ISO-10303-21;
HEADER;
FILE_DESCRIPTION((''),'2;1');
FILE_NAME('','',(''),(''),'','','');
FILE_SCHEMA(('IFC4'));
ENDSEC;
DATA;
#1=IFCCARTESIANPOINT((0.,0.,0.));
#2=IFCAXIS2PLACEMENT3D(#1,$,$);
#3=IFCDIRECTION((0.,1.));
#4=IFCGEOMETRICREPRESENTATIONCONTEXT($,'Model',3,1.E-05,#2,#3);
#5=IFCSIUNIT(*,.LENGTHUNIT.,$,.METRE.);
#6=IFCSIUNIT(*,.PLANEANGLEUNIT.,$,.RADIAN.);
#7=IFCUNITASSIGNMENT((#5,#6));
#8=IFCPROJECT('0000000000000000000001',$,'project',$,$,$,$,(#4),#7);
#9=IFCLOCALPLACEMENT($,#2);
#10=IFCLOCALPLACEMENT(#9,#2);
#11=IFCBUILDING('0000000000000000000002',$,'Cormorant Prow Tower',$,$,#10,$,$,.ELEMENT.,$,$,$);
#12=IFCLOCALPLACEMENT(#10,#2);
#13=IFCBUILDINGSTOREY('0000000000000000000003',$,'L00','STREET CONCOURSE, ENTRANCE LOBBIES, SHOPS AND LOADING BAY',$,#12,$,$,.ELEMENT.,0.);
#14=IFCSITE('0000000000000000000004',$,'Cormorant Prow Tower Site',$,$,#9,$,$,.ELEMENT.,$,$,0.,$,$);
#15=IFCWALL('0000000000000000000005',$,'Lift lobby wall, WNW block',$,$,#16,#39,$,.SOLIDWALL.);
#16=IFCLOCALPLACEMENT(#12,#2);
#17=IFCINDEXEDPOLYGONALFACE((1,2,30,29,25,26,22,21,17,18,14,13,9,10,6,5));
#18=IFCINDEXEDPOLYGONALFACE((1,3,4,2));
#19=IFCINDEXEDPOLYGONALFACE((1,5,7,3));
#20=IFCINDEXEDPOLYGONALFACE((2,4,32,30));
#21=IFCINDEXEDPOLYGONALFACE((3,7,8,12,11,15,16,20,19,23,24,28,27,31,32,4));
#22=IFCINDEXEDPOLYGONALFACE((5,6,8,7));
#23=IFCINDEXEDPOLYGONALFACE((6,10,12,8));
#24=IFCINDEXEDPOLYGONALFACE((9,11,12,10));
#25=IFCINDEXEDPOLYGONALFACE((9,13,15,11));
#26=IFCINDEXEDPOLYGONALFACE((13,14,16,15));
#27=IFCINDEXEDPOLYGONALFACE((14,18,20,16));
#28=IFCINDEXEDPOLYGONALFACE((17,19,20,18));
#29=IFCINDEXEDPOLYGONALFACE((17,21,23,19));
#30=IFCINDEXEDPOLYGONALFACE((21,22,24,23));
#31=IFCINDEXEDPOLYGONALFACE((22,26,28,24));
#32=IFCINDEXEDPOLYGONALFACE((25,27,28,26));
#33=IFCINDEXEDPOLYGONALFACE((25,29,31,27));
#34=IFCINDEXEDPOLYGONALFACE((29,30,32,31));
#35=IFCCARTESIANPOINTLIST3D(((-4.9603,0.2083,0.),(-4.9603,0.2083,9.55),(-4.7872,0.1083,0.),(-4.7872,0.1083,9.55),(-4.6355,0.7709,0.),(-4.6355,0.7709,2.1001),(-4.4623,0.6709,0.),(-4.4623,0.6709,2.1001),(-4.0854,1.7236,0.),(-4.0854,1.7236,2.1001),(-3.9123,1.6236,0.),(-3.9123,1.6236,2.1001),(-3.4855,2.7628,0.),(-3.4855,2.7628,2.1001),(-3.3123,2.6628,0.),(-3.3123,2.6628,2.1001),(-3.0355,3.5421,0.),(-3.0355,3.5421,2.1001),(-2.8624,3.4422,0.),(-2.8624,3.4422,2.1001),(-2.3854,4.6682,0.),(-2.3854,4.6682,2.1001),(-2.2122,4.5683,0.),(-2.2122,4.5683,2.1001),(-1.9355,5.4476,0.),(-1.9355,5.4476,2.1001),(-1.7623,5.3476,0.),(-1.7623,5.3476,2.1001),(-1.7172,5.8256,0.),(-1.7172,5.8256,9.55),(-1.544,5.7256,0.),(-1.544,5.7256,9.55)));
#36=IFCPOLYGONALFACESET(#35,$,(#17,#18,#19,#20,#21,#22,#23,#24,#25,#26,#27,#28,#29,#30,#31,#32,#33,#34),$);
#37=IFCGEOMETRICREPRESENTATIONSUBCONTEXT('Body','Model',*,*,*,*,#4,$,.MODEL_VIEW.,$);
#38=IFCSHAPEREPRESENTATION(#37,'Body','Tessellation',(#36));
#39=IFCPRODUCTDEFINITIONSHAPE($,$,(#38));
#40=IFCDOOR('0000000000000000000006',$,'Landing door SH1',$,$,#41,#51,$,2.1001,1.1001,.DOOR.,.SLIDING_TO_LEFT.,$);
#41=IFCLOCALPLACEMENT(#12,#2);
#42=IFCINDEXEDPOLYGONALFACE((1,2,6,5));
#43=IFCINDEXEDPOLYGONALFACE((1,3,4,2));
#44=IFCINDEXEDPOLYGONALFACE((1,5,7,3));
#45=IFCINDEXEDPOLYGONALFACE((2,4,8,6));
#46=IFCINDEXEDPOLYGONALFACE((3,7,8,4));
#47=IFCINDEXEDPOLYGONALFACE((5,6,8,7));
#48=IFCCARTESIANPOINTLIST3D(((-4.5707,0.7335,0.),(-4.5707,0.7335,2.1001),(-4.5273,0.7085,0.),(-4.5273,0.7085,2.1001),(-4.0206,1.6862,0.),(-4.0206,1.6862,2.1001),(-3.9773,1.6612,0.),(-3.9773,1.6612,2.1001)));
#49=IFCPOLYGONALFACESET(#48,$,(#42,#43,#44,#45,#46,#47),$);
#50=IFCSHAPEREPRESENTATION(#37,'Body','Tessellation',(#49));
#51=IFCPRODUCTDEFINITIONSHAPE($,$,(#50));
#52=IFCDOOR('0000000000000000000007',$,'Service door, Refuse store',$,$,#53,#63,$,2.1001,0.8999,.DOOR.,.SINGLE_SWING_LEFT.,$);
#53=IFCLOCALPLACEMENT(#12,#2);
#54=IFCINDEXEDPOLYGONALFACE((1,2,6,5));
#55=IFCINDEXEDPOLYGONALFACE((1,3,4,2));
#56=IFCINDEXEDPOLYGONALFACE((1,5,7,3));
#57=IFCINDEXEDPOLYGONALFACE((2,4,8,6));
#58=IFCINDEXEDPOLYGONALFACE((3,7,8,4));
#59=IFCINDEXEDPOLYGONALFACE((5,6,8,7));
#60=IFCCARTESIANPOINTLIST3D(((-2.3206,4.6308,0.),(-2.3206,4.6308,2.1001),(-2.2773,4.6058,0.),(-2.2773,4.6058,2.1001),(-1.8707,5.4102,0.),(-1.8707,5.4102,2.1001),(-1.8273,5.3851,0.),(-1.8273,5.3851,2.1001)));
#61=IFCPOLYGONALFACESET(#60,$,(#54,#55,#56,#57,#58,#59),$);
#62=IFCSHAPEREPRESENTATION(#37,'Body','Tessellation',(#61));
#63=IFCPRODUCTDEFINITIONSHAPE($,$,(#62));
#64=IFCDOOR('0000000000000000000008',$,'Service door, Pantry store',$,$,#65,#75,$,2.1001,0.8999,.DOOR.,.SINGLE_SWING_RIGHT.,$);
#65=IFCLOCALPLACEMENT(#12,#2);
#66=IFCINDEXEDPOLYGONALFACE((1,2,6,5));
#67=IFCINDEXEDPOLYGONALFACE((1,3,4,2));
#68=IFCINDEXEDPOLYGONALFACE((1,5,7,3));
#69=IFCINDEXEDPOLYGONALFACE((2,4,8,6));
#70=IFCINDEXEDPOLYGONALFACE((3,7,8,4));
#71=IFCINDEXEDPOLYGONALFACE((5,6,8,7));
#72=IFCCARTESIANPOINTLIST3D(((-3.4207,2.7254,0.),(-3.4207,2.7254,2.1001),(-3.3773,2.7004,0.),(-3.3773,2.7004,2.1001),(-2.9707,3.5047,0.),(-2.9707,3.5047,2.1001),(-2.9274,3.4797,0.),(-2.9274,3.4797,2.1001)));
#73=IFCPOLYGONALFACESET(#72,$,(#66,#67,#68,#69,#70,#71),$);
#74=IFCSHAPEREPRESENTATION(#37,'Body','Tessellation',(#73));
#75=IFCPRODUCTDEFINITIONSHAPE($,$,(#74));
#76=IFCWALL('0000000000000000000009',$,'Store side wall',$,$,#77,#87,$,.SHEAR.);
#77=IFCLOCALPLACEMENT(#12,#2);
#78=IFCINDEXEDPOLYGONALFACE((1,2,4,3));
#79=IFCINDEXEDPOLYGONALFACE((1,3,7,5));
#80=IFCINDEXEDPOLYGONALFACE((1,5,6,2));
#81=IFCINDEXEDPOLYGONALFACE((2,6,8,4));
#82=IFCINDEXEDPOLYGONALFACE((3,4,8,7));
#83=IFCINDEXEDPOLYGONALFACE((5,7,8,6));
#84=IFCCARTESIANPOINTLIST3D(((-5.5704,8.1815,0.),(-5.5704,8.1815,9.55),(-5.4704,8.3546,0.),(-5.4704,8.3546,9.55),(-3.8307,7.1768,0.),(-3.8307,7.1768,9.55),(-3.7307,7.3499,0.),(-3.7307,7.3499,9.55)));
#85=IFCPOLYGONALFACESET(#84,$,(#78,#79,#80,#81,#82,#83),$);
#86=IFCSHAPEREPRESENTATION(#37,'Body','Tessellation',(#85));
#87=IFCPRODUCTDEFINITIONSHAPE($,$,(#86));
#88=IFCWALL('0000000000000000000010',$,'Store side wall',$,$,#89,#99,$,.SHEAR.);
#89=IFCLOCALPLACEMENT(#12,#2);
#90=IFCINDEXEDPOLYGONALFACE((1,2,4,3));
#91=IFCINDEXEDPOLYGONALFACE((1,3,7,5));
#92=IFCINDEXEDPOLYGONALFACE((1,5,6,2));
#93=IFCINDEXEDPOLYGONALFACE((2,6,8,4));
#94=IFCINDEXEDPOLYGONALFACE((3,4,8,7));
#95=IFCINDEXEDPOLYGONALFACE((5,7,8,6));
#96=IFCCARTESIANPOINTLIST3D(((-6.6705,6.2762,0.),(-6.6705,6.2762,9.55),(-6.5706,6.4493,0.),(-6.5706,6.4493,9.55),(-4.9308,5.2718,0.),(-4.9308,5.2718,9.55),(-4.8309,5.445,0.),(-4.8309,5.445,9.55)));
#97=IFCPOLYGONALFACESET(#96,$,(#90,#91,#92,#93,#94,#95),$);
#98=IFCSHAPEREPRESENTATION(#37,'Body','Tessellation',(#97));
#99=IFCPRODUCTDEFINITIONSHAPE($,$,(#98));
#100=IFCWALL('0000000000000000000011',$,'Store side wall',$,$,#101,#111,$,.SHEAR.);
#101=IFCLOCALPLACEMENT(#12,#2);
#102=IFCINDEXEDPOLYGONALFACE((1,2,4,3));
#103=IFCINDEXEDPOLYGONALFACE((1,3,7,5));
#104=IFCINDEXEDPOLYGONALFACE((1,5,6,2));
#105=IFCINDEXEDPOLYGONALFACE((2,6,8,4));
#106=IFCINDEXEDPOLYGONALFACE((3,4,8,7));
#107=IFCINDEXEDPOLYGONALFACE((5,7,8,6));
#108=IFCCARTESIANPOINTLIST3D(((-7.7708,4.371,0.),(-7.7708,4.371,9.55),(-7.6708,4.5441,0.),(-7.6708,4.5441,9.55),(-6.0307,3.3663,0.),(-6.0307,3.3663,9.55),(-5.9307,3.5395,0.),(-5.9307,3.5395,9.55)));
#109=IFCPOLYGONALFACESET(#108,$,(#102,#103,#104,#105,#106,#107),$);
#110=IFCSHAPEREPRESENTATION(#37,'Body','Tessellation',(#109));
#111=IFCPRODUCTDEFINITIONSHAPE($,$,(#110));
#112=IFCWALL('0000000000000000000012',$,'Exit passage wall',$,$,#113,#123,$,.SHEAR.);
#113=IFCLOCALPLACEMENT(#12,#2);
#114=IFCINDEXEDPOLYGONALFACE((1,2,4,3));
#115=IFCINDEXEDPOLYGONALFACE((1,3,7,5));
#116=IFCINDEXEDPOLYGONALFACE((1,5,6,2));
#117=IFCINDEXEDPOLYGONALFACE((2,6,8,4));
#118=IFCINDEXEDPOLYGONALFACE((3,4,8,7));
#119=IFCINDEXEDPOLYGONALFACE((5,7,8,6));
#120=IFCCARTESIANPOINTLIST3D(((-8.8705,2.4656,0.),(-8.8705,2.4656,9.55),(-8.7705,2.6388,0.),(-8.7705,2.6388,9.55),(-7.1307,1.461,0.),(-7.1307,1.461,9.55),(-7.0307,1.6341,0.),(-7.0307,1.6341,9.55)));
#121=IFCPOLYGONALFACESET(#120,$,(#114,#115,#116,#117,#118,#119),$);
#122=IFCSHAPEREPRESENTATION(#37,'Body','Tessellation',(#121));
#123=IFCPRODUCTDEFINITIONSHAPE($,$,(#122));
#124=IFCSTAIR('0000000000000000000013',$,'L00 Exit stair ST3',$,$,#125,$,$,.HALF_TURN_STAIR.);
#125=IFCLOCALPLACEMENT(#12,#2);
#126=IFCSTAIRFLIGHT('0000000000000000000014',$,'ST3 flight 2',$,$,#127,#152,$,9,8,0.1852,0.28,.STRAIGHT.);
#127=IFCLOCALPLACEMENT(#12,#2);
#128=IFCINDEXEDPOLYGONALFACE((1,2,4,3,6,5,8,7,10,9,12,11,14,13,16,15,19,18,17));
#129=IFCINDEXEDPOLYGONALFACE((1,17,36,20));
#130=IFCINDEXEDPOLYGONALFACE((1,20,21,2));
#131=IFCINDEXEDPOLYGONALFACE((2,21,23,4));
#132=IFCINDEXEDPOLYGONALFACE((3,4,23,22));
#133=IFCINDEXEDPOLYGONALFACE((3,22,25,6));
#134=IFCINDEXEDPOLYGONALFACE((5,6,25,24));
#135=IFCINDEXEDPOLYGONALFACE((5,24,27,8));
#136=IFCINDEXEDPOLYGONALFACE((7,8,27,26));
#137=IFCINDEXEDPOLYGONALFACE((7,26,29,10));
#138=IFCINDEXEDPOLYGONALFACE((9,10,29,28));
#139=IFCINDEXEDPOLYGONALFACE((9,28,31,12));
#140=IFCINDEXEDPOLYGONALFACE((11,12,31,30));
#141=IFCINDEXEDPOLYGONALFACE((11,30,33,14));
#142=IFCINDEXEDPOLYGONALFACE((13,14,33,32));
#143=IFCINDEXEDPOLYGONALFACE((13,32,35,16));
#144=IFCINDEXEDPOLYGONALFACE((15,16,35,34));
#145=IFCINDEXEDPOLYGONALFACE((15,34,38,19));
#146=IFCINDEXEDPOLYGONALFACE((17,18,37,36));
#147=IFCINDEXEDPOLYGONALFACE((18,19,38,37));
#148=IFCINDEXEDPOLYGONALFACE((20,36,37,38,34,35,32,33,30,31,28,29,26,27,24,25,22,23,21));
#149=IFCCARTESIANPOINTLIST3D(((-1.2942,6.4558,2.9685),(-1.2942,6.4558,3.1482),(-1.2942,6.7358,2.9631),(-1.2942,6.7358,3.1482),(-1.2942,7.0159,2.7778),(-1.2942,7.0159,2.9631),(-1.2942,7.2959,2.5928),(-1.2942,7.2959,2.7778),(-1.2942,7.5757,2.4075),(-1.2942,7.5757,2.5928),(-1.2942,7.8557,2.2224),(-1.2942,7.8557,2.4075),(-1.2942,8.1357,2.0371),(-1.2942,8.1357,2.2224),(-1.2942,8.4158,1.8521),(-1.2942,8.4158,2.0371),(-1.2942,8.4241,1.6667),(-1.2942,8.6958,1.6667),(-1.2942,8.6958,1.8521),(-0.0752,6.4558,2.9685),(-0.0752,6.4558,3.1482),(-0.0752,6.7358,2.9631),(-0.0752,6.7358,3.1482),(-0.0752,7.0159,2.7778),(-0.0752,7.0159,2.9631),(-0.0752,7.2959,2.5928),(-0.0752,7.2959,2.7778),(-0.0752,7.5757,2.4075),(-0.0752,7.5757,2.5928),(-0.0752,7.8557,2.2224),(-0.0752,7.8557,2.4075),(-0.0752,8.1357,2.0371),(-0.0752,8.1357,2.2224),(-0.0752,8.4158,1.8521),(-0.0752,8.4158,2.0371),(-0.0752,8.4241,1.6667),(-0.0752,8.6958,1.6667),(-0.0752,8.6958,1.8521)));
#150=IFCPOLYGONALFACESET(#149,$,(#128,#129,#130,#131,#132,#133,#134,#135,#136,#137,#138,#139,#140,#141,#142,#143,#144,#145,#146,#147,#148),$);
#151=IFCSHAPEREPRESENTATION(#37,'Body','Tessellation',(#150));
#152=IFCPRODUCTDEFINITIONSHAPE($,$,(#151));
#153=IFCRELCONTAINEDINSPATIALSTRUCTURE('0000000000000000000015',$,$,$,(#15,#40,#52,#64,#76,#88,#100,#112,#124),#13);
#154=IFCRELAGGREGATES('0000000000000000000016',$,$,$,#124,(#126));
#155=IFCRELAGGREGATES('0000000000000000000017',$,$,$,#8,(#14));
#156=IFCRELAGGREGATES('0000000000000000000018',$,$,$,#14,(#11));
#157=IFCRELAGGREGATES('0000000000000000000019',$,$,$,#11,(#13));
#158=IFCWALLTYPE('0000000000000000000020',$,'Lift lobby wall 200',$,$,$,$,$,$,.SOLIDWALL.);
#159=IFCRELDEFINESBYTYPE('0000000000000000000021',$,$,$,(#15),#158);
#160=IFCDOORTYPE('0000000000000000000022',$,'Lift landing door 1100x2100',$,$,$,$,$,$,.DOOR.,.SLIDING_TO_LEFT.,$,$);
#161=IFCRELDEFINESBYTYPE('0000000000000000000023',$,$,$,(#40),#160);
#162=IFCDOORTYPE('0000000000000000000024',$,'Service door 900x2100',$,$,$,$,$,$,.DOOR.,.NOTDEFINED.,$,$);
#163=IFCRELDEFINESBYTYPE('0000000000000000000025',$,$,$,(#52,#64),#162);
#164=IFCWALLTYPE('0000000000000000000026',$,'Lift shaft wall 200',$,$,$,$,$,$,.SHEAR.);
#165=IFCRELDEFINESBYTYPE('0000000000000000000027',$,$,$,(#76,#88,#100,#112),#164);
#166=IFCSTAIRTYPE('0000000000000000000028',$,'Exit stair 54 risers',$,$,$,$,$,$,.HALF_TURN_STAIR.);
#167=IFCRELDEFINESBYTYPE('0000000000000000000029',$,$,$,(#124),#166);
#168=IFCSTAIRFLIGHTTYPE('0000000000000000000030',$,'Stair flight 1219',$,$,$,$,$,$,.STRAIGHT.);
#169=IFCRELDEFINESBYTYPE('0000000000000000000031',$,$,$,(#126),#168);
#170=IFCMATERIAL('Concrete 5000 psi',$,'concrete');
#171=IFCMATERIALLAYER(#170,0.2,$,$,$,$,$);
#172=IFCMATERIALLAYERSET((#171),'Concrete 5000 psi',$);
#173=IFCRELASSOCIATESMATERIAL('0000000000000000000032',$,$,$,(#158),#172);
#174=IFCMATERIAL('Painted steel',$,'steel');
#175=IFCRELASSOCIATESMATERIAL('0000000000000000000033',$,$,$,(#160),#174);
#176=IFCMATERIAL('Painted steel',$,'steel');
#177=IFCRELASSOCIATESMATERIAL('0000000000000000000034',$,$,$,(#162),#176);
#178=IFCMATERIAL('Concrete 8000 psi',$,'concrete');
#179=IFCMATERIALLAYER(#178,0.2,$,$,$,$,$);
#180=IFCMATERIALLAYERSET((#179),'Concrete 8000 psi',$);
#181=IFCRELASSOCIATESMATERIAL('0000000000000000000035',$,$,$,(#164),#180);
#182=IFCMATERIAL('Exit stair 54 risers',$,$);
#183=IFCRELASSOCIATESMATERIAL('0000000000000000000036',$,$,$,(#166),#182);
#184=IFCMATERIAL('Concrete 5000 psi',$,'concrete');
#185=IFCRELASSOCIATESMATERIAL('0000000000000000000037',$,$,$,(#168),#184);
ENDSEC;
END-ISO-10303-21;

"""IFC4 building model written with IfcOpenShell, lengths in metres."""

from ifc_helpers import new_model, si_unit, direction, frame, frame_2d, origin, place, context, subcontext, project, spatial, polyline, rectangle, outline, extrude, material, layer, layer_set, type_object, element, fill, aggregate, save


model = new_model("IFC4")

# Units and contexts
model_context = context("Model", 3, precision=1e-05, world=origin(), true_north=direction((0.0, 1.0)))
body_context = subcontext(model_context, "Body", "Model", "MODEL_VIEW")
ifc_project = project(units=[si_unit("LENGTHUNIT", "METRE"), si_unit("PLANEANGLEUNIT", "RADIAN")], contexts=[model_context])

# Site, building, storey
site_placement = place(None, origin())
site = spatial("IfcSite", under=ifc_project, at=site_placement, Name="Cormorant Prow Tower Site", CompositionType="ELEMENT", RefElevation=0.0)
building_placement = place(site_placement, origin())
building = spatial("IfcBuilding", under=site, at=building_placement, Name="Cormorant Prow Tower", CompositionType="ELEMENT")
storey_placement = place(building_placement, origin())
storey = spatial("IfcBuildingStorey", under=building, at=storey_placement, Name="L00", Description="STREET CONCOURSE, ENTRANCE LOBBIES, SHOPS AND LOADING BAY", CompositionType="ELEMENT", Elevation=0.0)

# Wall, openings, doors
ifc_material_1 = material(Name="Concrete 5000 psi", Category="concrete")
ifc_layer_1 = layer(ifc_material_1, 0.2)
ifc_layer_set_1 = layer_set([ifc_layer_1], Name="Concrete 5000 psi")
wall_type_1 = type_object("IfcWallType", Name="Lift lobby wall 200", PredefinedType="SOLIDWALL", material=ifc_layer_set_1)
wall_1_placement = place(storey_placement, frame((-1.6306, 5.7756, 0.0), z_axis=(0.0, 0.0, 1.0), x_axis=(-0.499993, -0.86603, 0.0)))
wall_1 = element("IfcWall", 1, at=wall_1_placement, inside=storey, type_object=wall_type_1, Name="Lift lobby wall, WNW block", PredefinedType="SOLIDWALL", context=body_context, shape_type="SweptSolid", body=[
    extrude(rectangle(XDim=6.4863, YDim=0.2, at=frame_2d((3.2432, 0.0))), origin(), (0.0, 0.0, 1.0), 9.55),
])
opening_1_placement = place(wall_1_placement, frame((0.4365, 0.0, 0.0)))
opening_1 = element("IfcOpeningElement", 2, at=opening_1_placement, cuts=wall_1, PredefinedType="OPENING", context=body_context, shape_type="SweptSolid", body=[
    extrude(rectangle(XDim=0.8999, YDim=2.1001, at=frame_2d((0.45, 1.05))), frame((0.0, 0.1099, 0.0), z_axis=(0.0, -1.0, 0.0), x_axis=(1.0, 0.0, 0.0)), (0.0, 0.0, 1.0), 0.22),
])
opening_2_placement = place(wall_1_placement, frame((2.6367, 0.0, 0.0)))
opening_2 = element("IfcOpeningElement", 3, at=opening_2_placement, cuts=wall_1, PredefinedType="OPENING", context=body_context, shape_type="SweptSolid", body=[
    extrude(rectangle(XDim=0.8999, YDim=2.1001, at=frame_2d((0.45, 1.05))), frame((0.0, 0.1099, 0.0), z_axis=(0.0, -1.0, 0.0), x_axis=(1.0, 0.0, 0.0)), (0.0, 0.0, 1.0), 0.22),
])
opening_3_placement = place(wall_1_placement, frame((4.7366, 0.0, 0.0)))
opening_3 = element("IfcOpeningElement", 4, at=opening_3_placement, cuts=wall_1, PredefinedType="OPENING", context=body_context, shape_type="SweptSolid", body=[
    extrude(rectangle(XDim=1.1001, YDim=2.1001, at=frame_2d((0.55, 1.05))), frame((0.0, 0.1099, 0.0), z_axis=(0.0, -1.0, 0.0), x_axis=(1.0, 0.0, 0.0)), (0.0, 0.0, 1.0), 0.22),
])
ifc_material_2 = material(Name="Painted steel", Category="steel")
door_type_1 = type_object("IfcDoorType", Name="Lift landing door 1100x2100", OperationType="SLIDING_TO_LEFT", PredefinedType="DOOR", material=ifc_material_2)
door_1_placement = place(opening_3_placement, origin())
door_1 = element("IfcDoor", 5, at=door_1_placement, inside=storey, type_object=door_type_1, Name="Landing door SH1", OperationType="SLIDING_TO_LEFT", OverallHeight=2.1001, OverallWidth=1.1001, PredefinedType="DOOR", context=body_context, shape_type="SweptSolid", body=[
    extrude(rectangle(XDim=1.1001, YDim=2.1001, at=frame_2d((0.55, 1.05))), frame((0.0, 0.0249, 0.0), z_axis=(0.0, -1.0, 0.0), x_axis=(1.0, 0.0, 0.0)), (0.0, 0.0, 1.0), 0.05),
])
fill(opening_3, door_1)
ifc_material_3 = material(Name="Painted steel", Category="steel")
door_type_2 = type_object("IfcDoorType", Name="Service door 900x2100", OperationType="NOTDEFINED", PredefinedType="DOOR", material=ifc_material_3)
door_2_placement = place(opening_1_placement, origin())
door_2 = element("IfcDoor", 6, at=door_2_placement, inside=storey, type_object=door_type_2, Name="Service door, Refuse store", OperationType="SINGLE_SWING_LEFT", OverallHeight=2.1001, OverallWidth=0.8999, PredefinedType="DOOR", context=body_context, shape_type="SweptSolid", body=[
    extrude(rectangle(XDim=0.8999, YDim=2.1001, at=frame_2d((0.45, 1.05))), frame((0.0, 0.0249, 0.0), z_axis=(0.0, -1.0, 0.0), x_axis=(1.0, 0.0, 0.0)), (0.0, 0.0, 1.0), 0.05),
])
fill(opening_1, door_2)
door_3_placement = place(opening_2_placement, origin())
door_3 = element("IfcDoor", 7, at=door_3_placement, inside=storey, type_object=door_type_2, Name="Service door, Pantry store", OperationType="SINGLE_SWING_RIGHT", OverallHeight=2.1001, OverallWidth=0.8999, PredefinedType="DOOR", context=body_context, shape_type="SweptSolid", body=[
    extrude(rectangle(XDim=0.8999, YDim=2.1001, at=frame_2d((0.45, 1.05))), frame((0.0, 0.0249, 0.0), z_axis=(0.0, -1.0, 0.0), x_axis=(1.0, 0.0, 0.0)), (0.0, 0.0, 1.0), 0.05),
])
fill(opening_2, door_3)

# Walls
ifc_material_4 = material(Name="Concrete 8000 psi", Category="concrete")
ifc_layer_2 = layer(ifc_material_4, 0.2)
ifc_layer_set_2 = layer_set([ifc_layer_2], Name="Concrete 8000 psi")
wall_type_2 = type_object("IfcWallType", Name="Lift shaft wall 200", PredefinedType="SHEAR", material=ifc_layer_set_2)
wall_2_placement = place(storey_placement, frame((-3.7808, 7.2634, 0.0), z_axis=(0.0, 0.0, 1.0), x_axis=(-0.865983, 0.500073, 0.0)))
element("IfcWall", 8, at=wall_2_placement, inside=storey, type_object=wall_type_2, Name="Store side wall", PredefinedType="SHEAR", context=body_context, shape_type="SweptSolid", body=[
    extrude(rectangle(XDim=2.009, YDim=0.2, at=frame_2d((1.0044, 0.0))), origin(), (0.0, 0.0, 1.0), 9.55),
])
wall_3_placement = place(storey_placement, frame((-4.8809, 5.3584, 0.0), z_axis=(0.0, 0.0, 1.0), x_axis=(-0.866036, 0.499982, 0.0)))
element("IfcWall", 9, at=wall_3_placement, inside=storey, type_object=wall_type_2, Name="Store side wall", PredefinedType="SHEAR", context=body_context, shape_type="SweptSolid", body=[
    extrude(rectangle(XDim=2.0088, YDim=0.2, at=frame_2d((1.0044, 0.0))), origin(), (0.0, 0.0, 1.0), 9.55),
])
wall_4_placement = place(storey_placement, frame((-5.9807, 3.4529, 0.0), z_axis=(0.0, 0.0, 1.0), x_axis=(-0.866014, 0.50002, 0.0)))
element("IfcWall", 10, at=wall_4_placement, inside=storey, type_object=wall_type_2, Name="Store side wall", PredefinedType="SHEAR", context=body_context, shape_type="SweptSolid", body=[
    extrude(rectangle(XDim=2.0093, YDim=0.2, at=frame_2d((1.0046, 0.0))), origin(), (0.0, 0.0, 1.0), 9.55),
])
wall_5_placement = place(storey_placement, frame((-7.0808, 1.5476, 0.0), z_axis=(0.0, 0.0, 1.0), x_axis=(-0.865983, 0.500073, 0.0)))
element("IfcWall", 11, at=wall_5_placement, inside=storey, type_object=wall_type_2, Name="Exit passage wall", PredefinedType="SHEAR", context=body_context, shape_type="SweptSolid", body=[
    extrude(rectangle(XDim=2.009, YDim=0.2, at=frame_2d((1.0044, 0.0))), origin(), (0.0, 0.0, 1.0), 9.55),
])

# Stair, stair flight
ifc_material_5 = material(Name="Exit stair 54 risers")
stair_type = type_object("IfcStairType", Name="Exit stair 54 risers", PredefinedType="HALF_TURN_STAIR", material=ifc_material_5)
stair_placement = place(storey_placement, origin())
stair = element("IfcStair", 12, at=stair_placement, inside=storey, type_object=stair_type, Name="L00 Exit stair ST3", PredefinedType="HALF_TURN_STAIR")
ifc_material_6 = material(Name="Concrete 5000 psi", Category="concrete")
stair_flight_type = type_object("IfcStairFlightType", Name="Stair flight 1219", PredefinedType="STRAIGHT", material=ifc_material_6)
stair_flight_1_placement = place(storey_placement, frame((-0.6846, 8.6958, 1.6667), z_axis=(0.0, 0.0, 1.0), x_axis=(0.0, -1.0, 0.0)))
stair_flight_1 = element("IfcStairFlight", 13, at=stair_flight_1_placement, type_object=stair_flight_type, Name="ST3 flight 2", NumberOfRisers=9, NumberOfTreads=8, PredefinedType="STRAIGHT", RiserHeight=0.1852, TreadLength=0.28, context=body_context, shape_type="SweptSolid", body=[
    extrude(outline(polyline([(0.0, 0.0), (0.0, 0.1853), (0.28, 0.1853), (0.28, 0.3704), (0.5601, 0.3704), (0.5601, 0.5557), (0.8401, 0.5557), (0.8401, 0.7407), (1.1201, 0.7407), (1.1201, 0.926), (1.3999, 0.926), (1.3999, 1.1111), (1.6799, 1.1111), (1.6799, 1.2964), (1.96, 1.2964), (1.96, 1.4814), (2.24, 1.4814), (2.24, 1.6667), (2.24, 1.3018), (0.2717, 0.0), (0.0, 0.0)])), frame((0.0, 0.6094, 0.0), z_axis=(0.0, -1.0, 0.0), x_axis=(1.0, 0.0, 0.0)), (0.0, 0.0, 1.0), 1.219),
])
aggregate(stair, [stair_flight_1])

save(model, "model.ifc")
